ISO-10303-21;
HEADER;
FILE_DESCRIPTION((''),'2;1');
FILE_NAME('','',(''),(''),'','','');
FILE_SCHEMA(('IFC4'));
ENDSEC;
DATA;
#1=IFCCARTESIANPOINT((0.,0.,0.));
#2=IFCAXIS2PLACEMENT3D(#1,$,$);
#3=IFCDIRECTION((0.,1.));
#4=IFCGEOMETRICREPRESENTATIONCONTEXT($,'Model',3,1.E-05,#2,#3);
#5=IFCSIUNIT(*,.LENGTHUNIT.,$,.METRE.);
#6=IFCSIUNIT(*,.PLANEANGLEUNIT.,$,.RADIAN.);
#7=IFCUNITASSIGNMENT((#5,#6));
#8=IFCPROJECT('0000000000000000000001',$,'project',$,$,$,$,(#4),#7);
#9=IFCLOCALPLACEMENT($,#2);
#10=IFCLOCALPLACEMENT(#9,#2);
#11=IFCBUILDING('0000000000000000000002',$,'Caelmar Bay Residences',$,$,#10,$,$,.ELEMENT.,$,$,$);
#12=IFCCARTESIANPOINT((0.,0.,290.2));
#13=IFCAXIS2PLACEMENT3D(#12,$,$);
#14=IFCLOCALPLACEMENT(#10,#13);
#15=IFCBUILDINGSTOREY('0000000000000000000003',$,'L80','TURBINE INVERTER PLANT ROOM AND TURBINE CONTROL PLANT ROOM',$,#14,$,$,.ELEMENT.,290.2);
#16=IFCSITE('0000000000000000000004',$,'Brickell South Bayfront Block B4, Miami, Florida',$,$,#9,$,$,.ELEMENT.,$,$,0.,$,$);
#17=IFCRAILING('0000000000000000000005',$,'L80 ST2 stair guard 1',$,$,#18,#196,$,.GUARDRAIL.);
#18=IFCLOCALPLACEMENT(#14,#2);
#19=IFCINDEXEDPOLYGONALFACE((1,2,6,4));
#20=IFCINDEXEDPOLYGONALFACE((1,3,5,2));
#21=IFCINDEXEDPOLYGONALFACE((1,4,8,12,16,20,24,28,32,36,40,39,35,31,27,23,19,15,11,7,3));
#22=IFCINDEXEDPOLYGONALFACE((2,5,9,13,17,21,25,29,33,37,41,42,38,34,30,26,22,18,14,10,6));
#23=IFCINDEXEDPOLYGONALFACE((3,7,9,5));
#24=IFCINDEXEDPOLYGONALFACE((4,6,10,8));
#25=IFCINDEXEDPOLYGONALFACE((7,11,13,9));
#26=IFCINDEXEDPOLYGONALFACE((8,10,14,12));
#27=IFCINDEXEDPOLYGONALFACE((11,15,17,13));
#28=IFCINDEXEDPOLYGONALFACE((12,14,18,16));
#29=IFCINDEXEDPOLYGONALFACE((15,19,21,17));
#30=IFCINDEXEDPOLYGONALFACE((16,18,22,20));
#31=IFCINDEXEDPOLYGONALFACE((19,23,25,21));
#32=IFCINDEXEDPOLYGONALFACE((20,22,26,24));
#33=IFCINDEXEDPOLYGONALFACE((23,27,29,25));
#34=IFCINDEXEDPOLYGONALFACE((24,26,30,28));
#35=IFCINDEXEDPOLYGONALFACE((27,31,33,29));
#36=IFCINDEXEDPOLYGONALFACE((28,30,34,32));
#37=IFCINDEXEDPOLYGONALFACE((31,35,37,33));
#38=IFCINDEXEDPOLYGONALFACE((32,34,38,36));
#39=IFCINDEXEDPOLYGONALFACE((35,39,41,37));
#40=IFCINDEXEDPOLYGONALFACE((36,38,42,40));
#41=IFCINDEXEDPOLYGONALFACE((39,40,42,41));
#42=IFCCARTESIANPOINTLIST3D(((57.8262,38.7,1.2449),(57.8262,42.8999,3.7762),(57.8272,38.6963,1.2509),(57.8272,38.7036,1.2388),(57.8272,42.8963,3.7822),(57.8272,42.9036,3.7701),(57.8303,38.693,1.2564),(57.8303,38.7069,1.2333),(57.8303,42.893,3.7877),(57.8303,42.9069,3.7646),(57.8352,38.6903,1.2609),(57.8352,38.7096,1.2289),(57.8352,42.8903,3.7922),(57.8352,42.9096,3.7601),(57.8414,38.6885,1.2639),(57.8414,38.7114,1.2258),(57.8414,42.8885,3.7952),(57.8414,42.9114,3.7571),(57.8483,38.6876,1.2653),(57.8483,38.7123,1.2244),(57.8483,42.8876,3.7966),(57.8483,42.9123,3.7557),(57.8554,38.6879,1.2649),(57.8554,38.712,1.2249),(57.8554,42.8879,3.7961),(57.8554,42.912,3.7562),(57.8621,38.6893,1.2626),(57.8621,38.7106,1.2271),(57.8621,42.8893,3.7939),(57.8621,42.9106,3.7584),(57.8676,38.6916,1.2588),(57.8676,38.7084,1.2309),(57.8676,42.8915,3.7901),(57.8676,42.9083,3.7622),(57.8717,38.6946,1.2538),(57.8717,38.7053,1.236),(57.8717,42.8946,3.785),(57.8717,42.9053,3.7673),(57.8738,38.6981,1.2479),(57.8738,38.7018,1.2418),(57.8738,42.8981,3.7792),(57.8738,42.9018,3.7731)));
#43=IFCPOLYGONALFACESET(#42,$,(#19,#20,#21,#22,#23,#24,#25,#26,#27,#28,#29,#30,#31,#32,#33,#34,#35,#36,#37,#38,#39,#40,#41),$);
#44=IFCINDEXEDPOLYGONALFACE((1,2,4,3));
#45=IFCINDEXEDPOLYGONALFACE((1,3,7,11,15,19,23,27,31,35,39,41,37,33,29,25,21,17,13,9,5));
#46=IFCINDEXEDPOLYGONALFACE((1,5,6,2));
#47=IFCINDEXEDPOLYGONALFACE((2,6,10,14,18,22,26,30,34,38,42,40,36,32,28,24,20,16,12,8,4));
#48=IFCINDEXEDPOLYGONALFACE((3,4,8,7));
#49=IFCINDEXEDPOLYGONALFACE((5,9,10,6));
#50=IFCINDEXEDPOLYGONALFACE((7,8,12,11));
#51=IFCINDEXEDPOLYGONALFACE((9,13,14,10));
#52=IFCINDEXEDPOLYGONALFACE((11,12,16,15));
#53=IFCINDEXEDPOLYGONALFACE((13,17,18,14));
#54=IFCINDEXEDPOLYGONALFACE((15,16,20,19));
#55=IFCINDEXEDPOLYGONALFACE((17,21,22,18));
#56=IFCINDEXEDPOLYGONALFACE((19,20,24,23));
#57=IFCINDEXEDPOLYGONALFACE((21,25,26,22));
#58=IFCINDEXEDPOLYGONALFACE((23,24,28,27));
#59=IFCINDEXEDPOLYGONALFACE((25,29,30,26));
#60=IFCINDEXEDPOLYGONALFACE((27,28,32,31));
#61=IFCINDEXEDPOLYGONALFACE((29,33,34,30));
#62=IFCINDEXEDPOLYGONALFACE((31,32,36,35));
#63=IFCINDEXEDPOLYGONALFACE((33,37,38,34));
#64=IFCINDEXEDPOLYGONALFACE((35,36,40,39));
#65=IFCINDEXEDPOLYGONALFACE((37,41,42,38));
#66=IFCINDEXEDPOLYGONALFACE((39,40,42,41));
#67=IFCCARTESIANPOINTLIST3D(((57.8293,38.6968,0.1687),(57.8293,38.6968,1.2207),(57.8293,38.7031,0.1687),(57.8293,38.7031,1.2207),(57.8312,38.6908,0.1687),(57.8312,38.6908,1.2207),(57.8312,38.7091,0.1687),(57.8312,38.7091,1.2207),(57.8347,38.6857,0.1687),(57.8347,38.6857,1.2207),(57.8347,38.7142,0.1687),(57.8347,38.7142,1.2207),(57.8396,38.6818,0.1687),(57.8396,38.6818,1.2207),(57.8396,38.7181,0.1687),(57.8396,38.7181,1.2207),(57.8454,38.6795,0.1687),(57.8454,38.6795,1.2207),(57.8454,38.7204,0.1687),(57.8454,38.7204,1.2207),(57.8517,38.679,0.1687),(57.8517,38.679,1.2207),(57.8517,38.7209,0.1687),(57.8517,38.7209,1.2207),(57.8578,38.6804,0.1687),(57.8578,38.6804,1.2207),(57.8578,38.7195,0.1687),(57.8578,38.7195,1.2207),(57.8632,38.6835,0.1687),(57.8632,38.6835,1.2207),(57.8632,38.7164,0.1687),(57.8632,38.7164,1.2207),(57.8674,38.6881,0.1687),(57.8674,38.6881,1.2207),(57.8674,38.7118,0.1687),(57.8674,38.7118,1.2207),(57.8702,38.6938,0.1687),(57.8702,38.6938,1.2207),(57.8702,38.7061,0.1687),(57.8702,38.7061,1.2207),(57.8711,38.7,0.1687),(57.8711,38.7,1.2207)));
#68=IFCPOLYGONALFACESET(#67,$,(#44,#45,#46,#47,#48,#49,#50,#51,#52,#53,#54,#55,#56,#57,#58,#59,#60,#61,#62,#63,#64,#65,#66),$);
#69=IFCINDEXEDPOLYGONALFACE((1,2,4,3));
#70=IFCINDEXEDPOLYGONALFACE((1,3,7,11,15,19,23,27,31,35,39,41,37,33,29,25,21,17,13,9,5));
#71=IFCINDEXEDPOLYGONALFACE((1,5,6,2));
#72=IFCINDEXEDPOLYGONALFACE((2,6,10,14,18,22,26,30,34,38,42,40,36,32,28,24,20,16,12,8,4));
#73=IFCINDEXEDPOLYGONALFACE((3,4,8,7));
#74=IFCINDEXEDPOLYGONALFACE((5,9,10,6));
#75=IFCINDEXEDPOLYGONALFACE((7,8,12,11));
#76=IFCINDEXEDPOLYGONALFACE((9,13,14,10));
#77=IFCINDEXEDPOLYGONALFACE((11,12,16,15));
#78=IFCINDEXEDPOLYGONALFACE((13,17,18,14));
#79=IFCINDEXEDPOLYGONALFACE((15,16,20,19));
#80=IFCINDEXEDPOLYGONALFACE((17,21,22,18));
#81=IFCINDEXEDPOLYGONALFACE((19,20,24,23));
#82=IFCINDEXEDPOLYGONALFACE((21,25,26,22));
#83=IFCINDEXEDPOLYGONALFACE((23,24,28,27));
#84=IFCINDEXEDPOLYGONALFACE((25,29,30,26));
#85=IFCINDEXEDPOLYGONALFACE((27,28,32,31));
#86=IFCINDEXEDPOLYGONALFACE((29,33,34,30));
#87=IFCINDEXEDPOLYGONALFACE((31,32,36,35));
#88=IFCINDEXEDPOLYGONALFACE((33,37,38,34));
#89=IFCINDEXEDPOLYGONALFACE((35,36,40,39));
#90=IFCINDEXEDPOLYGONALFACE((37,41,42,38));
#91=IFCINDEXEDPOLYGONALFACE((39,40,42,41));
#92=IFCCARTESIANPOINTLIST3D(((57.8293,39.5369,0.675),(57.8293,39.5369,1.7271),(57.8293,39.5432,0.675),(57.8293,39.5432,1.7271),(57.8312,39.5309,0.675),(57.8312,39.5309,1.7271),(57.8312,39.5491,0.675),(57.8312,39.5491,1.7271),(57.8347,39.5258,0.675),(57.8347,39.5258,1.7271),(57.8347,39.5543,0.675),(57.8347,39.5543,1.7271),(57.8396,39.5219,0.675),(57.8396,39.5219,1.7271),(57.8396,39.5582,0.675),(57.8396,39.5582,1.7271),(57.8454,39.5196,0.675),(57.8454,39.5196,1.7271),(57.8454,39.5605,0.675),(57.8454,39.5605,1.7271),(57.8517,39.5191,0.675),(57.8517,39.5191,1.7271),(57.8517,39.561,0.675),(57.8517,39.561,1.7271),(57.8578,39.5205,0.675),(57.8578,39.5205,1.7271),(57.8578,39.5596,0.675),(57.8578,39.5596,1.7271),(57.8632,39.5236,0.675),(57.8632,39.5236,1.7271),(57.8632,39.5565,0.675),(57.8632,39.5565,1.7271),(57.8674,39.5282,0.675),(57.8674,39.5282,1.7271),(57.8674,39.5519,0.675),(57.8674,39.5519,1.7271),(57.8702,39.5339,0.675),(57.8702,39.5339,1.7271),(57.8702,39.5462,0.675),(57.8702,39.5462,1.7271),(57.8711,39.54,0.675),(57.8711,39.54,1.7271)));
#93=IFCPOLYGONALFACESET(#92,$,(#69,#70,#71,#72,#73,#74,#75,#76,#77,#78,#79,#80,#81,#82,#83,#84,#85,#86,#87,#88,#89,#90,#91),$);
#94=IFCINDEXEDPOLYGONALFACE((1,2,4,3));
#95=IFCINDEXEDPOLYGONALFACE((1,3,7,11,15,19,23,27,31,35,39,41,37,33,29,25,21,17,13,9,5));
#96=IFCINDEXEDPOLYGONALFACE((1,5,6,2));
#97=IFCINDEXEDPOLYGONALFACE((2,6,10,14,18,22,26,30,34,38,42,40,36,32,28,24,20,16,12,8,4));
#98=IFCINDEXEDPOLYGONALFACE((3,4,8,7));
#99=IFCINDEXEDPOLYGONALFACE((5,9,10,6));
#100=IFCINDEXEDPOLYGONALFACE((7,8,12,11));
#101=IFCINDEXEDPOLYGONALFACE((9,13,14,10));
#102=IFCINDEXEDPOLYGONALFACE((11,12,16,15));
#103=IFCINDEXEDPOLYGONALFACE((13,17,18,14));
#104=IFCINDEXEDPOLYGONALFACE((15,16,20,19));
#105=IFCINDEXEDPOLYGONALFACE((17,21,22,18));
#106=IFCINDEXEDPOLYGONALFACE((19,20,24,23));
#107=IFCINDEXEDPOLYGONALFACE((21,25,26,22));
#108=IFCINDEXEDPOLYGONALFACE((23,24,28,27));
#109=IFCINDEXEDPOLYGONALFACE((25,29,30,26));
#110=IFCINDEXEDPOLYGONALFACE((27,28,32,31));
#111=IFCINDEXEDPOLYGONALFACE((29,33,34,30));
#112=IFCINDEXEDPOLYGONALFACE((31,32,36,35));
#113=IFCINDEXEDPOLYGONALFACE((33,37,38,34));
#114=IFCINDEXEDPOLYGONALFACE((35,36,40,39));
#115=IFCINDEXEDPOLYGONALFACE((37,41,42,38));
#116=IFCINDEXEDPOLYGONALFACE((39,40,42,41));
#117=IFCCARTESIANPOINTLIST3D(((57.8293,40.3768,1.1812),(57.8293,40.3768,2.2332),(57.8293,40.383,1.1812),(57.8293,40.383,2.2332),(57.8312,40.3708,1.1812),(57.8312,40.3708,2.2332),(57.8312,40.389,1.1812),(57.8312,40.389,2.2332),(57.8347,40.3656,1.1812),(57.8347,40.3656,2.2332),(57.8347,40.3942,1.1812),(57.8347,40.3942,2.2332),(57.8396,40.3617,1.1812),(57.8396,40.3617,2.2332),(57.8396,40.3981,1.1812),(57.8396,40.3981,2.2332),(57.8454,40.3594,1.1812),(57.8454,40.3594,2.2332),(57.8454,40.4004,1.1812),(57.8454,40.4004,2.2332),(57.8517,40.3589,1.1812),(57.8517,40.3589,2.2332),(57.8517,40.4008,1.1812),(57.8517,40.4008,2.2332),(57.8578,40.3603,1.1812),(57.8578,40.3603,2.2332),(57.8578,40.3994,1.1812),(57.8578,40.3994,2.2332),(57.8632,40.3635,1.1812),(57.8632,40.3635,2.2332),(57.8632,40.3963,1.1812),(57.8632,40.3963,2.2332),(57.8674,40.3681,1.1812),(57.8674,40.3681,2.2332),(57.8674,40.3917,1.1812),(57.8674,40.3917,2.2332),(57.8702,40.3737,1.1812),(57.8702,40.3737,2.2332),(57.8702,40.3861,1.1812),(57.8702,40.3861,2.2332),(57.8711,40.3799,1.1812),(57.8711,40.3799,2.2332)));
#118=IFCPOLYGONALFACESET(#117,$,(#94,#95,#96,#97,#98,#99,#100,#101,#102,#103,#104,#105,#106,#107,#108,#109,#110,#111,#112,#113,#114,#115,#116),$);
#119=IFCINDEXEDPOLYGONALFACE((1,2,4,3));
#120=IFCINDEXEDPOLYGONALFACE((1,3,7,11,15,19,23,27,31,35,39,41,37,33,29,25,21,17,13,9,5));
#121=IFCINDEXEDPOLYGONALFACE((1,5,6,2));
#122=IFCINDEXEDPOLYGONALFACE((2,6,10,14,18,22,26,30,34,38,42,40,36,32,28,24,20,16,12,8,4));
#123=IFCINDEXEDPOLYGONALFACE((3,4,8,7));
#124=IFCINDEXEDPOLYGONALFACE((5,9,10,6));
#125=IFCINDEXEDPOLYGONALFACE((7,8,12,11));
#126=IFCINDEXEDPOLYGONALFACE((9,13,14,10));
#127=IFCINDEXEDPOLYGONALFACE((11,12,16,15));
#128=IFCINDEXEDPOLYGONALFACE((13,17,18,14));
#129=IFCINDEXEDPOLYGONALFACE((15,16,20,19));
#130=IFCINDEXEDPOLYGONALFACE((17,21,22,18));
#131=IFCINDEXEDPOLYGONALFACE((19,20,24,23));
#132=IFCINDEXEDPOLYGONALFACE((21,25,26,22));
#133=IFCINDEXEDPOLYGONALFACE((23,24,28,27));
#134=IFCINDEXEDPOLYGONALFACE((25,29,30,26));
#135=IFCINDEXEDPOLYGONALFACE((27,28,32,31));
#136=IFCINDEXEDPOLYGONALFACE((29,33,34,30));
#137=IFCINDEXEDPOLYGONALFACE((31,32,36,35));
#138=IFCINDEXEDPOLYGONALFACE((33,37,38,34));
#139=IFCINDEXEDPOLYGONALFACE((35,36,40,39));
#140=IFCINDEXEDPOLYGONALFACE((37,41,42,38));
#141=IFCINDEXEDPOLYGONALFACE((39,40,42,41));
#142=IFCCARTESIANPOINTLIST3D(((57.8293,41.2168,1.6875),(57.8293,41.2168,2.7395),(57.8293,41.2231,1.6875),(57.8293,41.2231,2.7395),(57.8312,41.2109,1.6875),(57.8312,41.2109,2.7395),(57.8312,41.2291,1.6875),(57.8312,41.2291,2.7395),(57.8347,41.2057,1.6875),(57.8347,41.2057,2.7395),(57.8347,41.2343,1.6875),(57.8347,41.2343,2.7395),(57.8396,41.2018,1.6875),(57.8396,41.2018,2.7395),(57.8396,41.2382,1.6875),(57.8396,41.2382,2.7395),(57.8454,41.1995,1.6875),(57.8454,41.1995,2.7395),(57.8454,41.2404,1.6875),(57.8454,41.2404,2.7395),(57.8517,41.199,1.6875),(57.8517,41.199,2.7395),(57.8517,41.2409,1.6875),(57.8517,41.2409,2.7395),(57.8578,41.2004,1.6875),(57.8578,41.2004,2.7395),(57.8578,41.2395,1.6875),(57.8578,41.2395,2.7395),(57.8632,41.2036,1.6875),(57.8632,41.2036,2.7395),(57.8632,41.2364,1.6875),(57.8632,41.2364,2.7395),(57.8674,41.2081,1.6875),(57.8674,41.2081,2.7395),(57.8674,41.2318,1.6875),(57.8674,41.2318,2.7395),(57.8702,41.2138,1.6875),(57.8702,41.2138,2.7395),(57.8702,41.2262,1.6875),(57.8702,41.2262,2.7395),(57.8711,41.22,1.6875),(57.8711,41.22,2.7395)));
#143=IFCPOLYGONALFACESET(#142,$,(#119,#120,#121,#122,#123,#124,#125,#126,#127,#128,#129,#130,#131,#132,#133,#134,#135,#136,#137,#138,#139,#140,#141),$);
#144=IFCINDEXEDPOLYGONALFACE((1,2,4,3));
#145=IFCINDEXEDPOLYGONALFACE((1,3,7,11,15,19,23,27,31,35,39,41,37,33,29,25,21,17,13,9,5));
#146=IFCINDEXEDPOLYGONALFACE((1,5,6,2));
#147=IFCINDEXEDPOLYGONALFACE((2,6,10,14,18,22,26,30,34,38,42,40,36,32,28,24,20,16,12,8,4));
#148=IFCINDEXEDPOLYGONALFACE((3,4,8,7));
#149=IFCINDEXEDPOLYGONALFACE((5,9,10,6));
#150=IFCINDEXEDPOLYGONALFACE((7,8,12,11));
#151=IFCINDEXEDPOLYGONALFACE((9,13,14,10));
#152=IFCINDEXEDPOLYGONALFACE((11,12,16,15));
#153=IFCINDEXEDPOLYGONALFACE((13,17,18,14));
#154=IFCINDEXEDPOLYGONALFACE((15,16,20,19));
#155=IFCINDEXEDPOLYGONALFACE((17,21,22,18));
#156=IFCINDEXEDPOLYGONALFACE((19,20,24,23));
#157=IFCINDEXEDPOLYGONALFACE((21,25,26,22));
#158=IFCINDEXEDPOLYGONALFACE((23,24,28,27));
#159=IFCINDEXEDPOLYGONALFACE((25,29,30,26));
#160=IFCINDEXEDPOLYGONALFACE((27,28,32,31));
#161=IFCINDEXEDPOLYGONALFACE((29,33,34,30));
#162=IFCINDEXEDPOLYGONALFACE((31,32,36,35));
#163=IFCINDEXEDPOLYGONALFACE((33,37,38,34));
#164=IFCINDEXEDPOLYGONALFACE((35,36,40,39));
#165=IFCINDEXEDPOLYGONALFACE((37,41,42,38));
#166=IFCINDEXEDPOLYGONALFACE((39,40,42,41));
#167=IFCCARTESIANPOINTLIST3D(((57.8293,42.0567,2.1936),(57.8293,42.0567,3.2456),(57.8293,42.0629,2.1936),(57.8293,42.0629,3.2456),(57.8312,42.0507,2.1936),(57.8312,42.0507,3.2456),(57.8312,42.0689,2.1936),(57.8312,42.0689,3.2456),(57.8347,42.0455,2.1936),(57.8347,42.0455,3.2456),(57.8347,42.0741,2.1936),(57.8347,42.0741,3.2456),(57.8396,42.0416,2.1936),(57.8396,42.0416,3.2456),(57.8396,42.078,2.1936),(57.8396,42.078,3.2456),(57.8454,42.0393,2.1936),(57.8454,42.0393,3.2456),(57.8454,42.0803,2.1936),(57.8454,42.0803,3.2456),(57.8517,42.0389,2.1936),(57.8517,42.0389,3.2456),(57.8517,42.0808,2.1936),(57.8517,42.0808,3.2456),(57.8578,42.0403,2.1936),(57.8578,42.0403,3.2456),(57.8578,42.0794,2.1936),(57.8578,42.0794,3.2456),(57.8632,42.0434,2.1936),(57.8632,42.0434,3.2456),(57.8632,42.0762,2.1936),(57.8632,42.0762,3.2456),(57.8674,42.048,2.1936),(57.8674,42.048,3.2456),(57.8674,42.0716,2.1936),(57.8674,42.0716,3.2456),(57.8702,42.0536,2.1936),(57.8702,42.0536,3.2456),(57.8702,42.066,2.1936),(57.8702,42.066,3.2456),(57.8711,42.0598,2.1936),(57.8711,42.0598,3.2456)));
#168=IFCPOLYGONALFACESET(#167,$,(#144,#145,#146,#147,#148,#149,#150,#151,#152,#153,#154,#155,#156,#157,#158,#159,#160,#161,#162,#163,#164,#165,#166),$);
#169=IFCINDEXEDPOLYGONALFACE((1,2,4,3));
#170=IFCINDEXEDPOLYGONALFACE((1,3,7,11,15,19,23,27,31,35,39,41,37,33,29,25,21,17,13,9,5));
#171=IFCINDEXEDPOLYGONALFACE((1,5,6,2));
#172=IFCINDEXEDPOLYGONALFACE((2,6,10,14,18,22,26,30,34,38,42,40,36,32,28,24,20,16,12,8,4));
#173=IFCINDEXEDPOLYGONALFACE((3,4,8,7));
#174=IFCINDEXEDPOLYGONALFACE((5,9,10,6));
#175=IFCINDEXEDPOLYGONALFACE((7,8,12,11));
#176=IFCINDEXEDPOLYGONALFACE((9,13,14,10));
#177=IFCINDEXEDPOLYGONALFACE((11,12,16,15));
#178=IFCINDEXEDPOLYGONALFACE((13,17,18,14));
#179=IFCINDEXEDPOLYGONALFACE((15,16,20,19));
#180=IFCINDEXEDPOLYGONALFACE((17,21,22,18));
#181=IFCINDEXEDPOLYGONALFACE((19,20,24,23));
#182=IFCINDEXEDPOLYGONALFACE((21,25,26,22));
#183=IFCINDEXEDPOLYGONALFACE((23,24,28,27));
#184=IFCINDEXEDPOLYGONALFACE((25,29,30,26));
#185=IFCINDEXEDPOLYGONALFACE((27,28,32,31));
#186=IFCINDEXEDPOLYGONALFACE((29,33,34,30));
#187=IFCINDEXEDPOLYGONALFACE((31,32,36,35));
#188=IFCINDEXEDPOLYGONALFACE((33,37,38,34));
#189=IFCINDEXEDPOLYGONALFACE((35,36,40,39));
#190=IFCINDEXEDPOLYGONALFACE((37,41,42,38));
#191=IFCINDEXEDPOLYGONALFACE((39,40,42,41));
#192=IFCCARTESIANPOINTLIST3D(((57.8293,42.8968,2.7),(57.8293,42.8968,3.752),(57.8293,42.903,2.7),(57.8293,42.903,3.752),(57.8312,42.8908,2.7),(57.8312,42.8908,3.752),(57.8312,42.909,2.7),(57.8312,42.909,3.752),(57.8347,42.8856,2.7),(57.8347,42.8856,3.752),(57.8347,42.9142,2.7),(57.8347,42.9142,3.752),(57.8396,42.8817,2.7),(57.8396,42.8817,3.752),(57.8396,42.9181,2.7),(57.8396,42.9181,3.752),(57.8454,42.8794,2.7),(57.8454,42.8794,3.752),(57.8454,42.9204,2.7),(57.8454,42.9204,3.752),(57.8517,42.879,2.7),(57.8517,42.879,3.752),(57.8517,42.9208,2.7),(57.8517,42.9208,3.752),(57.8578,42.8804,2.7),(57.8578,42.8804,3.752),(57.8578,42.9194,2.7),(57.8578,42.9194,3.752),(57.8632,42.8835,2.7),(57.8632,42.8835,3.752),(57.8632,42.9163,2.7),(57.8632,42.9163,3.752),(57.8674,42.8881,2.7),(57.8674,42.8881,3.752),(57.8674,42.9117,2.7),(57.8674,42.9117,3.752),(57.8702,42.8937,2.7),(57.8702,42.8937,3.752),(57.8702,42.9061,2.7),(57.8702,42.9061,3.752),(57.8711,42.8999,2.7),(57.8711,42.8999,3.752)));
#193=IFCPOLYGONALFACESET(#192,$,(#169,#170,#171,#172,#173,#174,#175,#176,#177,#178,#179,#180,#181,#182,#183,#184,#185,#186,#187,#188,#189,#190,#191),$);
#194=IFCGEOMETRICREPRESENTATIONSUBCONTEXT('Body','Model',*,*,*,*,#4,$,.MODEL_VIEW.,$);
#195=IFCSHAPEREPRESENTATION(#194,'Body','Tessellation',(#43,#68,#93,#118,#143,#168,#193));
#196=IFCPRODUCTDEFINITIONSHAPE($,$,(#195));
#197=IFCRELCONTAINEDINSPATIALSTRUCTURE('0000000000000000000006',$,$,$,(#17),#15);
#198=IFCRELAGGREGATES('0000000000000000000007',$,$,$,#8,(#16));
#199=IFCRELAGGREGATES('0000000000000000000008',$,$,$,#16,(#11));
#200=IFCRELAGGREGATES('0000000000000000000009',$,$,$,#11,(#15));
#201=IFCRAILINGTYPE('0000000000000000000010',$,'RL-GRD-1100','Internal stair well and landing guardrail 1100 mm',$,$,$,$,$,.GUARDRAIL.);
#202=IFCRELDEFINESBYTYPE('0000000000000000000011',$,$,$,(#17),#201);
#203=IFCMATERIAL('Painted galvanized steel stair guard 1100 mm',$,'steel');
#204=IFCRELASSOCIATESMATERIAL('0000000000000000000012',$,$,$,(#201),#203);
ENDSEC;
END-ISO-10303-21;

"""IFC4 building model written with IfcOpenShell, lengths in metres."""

from ifc_helpers import new_model, si_unit, direction, frame, origin, origin_2d, place, context, subcontext, project, spatial, circle, extrude, material, type_object, element, save


model = new_model("IFC4")

# Units and contexts
model_context = context("Model", 3, precision=1e-05, world=origin(), true_north=direction((0.0, 1.0)))
body_context = subcontext(model_context, "Body", "Model", "MODEL_VIEW")
ifc_project = project(units=[si_unit("LENGTHUNIT", "METRE"), si_unit("PLANEANGLEUNIT", "RADIAN")], contexts=[model_context])

# Site, building, storey
site_placement = place(None, origin())
site = spatial("IfcSite", under=ifc_project, at=site_placement, Name="Brickell South Bayfront Block B4, Miami, Florida", CompositionType="ELEMENT", RefElevation=0.0)
building_placement = place(site_placement, origin())
building = spatial("IfcBuilding", under=site, at=building_placement, Name="Caelmar Bay Residences", CompositionType="ELEMENT")
storey_placement = place(building_placement, frame((0.0, 0.0, 290.2)))
storey = spatial("IfcBuildingStorey", under=building, at=storey_placement, Name="L80", Description="TURBINE INVERTER PLANT ROOM AND TURBINE CONTROL PLANT ROOM", CompositionType="ELEMENT", Elevation=290.2)

# Railing
ifc_material_1 = material(Name="Painted galvanized steel stair guard 1100 mm", Category="steel")
railing_type_1 = type_object("IfcRailingType", Name="RL-GRD-1100", Description="Internal stair well and landing guardrail 1100 mm", PredefinedType="GUARDRAIL", material=ifc_material_1)
railing_1_placement = place(storey_placement, frame((57.8501, 38.7, 0.1687)))
element("IfcRailing", 1, at=railing_1_placement, inside=storey, type_object=railing_type_1, Name="L80 ST2 stair guard 1", PredefinedType="GUARDRAIL", context=body_context, shape_type="SweptSolid", body=[
    extrude(circle(Radius=0.0239, at=origin_2d()), frame((0.0, 0.0, 1.0762), z_axis=(0.0, 0.856476, 0.516186), x_axis=(-1.0, 0.0, 0.0)), (0.0, 0.0, 1.0), 4.9038),
    extrude(circle(Radius=0.021, at=origin_2d()), origin(), (0.0, 0.0, 1.0), 1.052),
    extrude(circle(Radius=0.021, at=origin_2d()), frame((0.0, 0.8401, 0.5063)), (0.0, 0.0, 1.0), 1.052),
    extrude(circle(Radius=0.021, at=origin_2d()), frame((0.0, 1.6799, 1.0125)), (0.0, 0.0, 1.0), 1.052),
    extrude(circle(Radius=0.021, at=origin_2d()), frame((0.0, 2.52, 1.5188)), (0.0, 0.0, 1.0), 1.052),
    extrude(circle(Radius=0.021, at=origin_2d()), frame((0.0, 3.3599, 2.0249)), (0.0, 0.0, 1.0), 1.052),
    extrude(circle(Radius=0.021, at=origin_2d()), frame((0.0, 4.2, 2.5312)), (0.0, 0.0, 1.0), 1.052),
])

save(model, "model.ifc")
